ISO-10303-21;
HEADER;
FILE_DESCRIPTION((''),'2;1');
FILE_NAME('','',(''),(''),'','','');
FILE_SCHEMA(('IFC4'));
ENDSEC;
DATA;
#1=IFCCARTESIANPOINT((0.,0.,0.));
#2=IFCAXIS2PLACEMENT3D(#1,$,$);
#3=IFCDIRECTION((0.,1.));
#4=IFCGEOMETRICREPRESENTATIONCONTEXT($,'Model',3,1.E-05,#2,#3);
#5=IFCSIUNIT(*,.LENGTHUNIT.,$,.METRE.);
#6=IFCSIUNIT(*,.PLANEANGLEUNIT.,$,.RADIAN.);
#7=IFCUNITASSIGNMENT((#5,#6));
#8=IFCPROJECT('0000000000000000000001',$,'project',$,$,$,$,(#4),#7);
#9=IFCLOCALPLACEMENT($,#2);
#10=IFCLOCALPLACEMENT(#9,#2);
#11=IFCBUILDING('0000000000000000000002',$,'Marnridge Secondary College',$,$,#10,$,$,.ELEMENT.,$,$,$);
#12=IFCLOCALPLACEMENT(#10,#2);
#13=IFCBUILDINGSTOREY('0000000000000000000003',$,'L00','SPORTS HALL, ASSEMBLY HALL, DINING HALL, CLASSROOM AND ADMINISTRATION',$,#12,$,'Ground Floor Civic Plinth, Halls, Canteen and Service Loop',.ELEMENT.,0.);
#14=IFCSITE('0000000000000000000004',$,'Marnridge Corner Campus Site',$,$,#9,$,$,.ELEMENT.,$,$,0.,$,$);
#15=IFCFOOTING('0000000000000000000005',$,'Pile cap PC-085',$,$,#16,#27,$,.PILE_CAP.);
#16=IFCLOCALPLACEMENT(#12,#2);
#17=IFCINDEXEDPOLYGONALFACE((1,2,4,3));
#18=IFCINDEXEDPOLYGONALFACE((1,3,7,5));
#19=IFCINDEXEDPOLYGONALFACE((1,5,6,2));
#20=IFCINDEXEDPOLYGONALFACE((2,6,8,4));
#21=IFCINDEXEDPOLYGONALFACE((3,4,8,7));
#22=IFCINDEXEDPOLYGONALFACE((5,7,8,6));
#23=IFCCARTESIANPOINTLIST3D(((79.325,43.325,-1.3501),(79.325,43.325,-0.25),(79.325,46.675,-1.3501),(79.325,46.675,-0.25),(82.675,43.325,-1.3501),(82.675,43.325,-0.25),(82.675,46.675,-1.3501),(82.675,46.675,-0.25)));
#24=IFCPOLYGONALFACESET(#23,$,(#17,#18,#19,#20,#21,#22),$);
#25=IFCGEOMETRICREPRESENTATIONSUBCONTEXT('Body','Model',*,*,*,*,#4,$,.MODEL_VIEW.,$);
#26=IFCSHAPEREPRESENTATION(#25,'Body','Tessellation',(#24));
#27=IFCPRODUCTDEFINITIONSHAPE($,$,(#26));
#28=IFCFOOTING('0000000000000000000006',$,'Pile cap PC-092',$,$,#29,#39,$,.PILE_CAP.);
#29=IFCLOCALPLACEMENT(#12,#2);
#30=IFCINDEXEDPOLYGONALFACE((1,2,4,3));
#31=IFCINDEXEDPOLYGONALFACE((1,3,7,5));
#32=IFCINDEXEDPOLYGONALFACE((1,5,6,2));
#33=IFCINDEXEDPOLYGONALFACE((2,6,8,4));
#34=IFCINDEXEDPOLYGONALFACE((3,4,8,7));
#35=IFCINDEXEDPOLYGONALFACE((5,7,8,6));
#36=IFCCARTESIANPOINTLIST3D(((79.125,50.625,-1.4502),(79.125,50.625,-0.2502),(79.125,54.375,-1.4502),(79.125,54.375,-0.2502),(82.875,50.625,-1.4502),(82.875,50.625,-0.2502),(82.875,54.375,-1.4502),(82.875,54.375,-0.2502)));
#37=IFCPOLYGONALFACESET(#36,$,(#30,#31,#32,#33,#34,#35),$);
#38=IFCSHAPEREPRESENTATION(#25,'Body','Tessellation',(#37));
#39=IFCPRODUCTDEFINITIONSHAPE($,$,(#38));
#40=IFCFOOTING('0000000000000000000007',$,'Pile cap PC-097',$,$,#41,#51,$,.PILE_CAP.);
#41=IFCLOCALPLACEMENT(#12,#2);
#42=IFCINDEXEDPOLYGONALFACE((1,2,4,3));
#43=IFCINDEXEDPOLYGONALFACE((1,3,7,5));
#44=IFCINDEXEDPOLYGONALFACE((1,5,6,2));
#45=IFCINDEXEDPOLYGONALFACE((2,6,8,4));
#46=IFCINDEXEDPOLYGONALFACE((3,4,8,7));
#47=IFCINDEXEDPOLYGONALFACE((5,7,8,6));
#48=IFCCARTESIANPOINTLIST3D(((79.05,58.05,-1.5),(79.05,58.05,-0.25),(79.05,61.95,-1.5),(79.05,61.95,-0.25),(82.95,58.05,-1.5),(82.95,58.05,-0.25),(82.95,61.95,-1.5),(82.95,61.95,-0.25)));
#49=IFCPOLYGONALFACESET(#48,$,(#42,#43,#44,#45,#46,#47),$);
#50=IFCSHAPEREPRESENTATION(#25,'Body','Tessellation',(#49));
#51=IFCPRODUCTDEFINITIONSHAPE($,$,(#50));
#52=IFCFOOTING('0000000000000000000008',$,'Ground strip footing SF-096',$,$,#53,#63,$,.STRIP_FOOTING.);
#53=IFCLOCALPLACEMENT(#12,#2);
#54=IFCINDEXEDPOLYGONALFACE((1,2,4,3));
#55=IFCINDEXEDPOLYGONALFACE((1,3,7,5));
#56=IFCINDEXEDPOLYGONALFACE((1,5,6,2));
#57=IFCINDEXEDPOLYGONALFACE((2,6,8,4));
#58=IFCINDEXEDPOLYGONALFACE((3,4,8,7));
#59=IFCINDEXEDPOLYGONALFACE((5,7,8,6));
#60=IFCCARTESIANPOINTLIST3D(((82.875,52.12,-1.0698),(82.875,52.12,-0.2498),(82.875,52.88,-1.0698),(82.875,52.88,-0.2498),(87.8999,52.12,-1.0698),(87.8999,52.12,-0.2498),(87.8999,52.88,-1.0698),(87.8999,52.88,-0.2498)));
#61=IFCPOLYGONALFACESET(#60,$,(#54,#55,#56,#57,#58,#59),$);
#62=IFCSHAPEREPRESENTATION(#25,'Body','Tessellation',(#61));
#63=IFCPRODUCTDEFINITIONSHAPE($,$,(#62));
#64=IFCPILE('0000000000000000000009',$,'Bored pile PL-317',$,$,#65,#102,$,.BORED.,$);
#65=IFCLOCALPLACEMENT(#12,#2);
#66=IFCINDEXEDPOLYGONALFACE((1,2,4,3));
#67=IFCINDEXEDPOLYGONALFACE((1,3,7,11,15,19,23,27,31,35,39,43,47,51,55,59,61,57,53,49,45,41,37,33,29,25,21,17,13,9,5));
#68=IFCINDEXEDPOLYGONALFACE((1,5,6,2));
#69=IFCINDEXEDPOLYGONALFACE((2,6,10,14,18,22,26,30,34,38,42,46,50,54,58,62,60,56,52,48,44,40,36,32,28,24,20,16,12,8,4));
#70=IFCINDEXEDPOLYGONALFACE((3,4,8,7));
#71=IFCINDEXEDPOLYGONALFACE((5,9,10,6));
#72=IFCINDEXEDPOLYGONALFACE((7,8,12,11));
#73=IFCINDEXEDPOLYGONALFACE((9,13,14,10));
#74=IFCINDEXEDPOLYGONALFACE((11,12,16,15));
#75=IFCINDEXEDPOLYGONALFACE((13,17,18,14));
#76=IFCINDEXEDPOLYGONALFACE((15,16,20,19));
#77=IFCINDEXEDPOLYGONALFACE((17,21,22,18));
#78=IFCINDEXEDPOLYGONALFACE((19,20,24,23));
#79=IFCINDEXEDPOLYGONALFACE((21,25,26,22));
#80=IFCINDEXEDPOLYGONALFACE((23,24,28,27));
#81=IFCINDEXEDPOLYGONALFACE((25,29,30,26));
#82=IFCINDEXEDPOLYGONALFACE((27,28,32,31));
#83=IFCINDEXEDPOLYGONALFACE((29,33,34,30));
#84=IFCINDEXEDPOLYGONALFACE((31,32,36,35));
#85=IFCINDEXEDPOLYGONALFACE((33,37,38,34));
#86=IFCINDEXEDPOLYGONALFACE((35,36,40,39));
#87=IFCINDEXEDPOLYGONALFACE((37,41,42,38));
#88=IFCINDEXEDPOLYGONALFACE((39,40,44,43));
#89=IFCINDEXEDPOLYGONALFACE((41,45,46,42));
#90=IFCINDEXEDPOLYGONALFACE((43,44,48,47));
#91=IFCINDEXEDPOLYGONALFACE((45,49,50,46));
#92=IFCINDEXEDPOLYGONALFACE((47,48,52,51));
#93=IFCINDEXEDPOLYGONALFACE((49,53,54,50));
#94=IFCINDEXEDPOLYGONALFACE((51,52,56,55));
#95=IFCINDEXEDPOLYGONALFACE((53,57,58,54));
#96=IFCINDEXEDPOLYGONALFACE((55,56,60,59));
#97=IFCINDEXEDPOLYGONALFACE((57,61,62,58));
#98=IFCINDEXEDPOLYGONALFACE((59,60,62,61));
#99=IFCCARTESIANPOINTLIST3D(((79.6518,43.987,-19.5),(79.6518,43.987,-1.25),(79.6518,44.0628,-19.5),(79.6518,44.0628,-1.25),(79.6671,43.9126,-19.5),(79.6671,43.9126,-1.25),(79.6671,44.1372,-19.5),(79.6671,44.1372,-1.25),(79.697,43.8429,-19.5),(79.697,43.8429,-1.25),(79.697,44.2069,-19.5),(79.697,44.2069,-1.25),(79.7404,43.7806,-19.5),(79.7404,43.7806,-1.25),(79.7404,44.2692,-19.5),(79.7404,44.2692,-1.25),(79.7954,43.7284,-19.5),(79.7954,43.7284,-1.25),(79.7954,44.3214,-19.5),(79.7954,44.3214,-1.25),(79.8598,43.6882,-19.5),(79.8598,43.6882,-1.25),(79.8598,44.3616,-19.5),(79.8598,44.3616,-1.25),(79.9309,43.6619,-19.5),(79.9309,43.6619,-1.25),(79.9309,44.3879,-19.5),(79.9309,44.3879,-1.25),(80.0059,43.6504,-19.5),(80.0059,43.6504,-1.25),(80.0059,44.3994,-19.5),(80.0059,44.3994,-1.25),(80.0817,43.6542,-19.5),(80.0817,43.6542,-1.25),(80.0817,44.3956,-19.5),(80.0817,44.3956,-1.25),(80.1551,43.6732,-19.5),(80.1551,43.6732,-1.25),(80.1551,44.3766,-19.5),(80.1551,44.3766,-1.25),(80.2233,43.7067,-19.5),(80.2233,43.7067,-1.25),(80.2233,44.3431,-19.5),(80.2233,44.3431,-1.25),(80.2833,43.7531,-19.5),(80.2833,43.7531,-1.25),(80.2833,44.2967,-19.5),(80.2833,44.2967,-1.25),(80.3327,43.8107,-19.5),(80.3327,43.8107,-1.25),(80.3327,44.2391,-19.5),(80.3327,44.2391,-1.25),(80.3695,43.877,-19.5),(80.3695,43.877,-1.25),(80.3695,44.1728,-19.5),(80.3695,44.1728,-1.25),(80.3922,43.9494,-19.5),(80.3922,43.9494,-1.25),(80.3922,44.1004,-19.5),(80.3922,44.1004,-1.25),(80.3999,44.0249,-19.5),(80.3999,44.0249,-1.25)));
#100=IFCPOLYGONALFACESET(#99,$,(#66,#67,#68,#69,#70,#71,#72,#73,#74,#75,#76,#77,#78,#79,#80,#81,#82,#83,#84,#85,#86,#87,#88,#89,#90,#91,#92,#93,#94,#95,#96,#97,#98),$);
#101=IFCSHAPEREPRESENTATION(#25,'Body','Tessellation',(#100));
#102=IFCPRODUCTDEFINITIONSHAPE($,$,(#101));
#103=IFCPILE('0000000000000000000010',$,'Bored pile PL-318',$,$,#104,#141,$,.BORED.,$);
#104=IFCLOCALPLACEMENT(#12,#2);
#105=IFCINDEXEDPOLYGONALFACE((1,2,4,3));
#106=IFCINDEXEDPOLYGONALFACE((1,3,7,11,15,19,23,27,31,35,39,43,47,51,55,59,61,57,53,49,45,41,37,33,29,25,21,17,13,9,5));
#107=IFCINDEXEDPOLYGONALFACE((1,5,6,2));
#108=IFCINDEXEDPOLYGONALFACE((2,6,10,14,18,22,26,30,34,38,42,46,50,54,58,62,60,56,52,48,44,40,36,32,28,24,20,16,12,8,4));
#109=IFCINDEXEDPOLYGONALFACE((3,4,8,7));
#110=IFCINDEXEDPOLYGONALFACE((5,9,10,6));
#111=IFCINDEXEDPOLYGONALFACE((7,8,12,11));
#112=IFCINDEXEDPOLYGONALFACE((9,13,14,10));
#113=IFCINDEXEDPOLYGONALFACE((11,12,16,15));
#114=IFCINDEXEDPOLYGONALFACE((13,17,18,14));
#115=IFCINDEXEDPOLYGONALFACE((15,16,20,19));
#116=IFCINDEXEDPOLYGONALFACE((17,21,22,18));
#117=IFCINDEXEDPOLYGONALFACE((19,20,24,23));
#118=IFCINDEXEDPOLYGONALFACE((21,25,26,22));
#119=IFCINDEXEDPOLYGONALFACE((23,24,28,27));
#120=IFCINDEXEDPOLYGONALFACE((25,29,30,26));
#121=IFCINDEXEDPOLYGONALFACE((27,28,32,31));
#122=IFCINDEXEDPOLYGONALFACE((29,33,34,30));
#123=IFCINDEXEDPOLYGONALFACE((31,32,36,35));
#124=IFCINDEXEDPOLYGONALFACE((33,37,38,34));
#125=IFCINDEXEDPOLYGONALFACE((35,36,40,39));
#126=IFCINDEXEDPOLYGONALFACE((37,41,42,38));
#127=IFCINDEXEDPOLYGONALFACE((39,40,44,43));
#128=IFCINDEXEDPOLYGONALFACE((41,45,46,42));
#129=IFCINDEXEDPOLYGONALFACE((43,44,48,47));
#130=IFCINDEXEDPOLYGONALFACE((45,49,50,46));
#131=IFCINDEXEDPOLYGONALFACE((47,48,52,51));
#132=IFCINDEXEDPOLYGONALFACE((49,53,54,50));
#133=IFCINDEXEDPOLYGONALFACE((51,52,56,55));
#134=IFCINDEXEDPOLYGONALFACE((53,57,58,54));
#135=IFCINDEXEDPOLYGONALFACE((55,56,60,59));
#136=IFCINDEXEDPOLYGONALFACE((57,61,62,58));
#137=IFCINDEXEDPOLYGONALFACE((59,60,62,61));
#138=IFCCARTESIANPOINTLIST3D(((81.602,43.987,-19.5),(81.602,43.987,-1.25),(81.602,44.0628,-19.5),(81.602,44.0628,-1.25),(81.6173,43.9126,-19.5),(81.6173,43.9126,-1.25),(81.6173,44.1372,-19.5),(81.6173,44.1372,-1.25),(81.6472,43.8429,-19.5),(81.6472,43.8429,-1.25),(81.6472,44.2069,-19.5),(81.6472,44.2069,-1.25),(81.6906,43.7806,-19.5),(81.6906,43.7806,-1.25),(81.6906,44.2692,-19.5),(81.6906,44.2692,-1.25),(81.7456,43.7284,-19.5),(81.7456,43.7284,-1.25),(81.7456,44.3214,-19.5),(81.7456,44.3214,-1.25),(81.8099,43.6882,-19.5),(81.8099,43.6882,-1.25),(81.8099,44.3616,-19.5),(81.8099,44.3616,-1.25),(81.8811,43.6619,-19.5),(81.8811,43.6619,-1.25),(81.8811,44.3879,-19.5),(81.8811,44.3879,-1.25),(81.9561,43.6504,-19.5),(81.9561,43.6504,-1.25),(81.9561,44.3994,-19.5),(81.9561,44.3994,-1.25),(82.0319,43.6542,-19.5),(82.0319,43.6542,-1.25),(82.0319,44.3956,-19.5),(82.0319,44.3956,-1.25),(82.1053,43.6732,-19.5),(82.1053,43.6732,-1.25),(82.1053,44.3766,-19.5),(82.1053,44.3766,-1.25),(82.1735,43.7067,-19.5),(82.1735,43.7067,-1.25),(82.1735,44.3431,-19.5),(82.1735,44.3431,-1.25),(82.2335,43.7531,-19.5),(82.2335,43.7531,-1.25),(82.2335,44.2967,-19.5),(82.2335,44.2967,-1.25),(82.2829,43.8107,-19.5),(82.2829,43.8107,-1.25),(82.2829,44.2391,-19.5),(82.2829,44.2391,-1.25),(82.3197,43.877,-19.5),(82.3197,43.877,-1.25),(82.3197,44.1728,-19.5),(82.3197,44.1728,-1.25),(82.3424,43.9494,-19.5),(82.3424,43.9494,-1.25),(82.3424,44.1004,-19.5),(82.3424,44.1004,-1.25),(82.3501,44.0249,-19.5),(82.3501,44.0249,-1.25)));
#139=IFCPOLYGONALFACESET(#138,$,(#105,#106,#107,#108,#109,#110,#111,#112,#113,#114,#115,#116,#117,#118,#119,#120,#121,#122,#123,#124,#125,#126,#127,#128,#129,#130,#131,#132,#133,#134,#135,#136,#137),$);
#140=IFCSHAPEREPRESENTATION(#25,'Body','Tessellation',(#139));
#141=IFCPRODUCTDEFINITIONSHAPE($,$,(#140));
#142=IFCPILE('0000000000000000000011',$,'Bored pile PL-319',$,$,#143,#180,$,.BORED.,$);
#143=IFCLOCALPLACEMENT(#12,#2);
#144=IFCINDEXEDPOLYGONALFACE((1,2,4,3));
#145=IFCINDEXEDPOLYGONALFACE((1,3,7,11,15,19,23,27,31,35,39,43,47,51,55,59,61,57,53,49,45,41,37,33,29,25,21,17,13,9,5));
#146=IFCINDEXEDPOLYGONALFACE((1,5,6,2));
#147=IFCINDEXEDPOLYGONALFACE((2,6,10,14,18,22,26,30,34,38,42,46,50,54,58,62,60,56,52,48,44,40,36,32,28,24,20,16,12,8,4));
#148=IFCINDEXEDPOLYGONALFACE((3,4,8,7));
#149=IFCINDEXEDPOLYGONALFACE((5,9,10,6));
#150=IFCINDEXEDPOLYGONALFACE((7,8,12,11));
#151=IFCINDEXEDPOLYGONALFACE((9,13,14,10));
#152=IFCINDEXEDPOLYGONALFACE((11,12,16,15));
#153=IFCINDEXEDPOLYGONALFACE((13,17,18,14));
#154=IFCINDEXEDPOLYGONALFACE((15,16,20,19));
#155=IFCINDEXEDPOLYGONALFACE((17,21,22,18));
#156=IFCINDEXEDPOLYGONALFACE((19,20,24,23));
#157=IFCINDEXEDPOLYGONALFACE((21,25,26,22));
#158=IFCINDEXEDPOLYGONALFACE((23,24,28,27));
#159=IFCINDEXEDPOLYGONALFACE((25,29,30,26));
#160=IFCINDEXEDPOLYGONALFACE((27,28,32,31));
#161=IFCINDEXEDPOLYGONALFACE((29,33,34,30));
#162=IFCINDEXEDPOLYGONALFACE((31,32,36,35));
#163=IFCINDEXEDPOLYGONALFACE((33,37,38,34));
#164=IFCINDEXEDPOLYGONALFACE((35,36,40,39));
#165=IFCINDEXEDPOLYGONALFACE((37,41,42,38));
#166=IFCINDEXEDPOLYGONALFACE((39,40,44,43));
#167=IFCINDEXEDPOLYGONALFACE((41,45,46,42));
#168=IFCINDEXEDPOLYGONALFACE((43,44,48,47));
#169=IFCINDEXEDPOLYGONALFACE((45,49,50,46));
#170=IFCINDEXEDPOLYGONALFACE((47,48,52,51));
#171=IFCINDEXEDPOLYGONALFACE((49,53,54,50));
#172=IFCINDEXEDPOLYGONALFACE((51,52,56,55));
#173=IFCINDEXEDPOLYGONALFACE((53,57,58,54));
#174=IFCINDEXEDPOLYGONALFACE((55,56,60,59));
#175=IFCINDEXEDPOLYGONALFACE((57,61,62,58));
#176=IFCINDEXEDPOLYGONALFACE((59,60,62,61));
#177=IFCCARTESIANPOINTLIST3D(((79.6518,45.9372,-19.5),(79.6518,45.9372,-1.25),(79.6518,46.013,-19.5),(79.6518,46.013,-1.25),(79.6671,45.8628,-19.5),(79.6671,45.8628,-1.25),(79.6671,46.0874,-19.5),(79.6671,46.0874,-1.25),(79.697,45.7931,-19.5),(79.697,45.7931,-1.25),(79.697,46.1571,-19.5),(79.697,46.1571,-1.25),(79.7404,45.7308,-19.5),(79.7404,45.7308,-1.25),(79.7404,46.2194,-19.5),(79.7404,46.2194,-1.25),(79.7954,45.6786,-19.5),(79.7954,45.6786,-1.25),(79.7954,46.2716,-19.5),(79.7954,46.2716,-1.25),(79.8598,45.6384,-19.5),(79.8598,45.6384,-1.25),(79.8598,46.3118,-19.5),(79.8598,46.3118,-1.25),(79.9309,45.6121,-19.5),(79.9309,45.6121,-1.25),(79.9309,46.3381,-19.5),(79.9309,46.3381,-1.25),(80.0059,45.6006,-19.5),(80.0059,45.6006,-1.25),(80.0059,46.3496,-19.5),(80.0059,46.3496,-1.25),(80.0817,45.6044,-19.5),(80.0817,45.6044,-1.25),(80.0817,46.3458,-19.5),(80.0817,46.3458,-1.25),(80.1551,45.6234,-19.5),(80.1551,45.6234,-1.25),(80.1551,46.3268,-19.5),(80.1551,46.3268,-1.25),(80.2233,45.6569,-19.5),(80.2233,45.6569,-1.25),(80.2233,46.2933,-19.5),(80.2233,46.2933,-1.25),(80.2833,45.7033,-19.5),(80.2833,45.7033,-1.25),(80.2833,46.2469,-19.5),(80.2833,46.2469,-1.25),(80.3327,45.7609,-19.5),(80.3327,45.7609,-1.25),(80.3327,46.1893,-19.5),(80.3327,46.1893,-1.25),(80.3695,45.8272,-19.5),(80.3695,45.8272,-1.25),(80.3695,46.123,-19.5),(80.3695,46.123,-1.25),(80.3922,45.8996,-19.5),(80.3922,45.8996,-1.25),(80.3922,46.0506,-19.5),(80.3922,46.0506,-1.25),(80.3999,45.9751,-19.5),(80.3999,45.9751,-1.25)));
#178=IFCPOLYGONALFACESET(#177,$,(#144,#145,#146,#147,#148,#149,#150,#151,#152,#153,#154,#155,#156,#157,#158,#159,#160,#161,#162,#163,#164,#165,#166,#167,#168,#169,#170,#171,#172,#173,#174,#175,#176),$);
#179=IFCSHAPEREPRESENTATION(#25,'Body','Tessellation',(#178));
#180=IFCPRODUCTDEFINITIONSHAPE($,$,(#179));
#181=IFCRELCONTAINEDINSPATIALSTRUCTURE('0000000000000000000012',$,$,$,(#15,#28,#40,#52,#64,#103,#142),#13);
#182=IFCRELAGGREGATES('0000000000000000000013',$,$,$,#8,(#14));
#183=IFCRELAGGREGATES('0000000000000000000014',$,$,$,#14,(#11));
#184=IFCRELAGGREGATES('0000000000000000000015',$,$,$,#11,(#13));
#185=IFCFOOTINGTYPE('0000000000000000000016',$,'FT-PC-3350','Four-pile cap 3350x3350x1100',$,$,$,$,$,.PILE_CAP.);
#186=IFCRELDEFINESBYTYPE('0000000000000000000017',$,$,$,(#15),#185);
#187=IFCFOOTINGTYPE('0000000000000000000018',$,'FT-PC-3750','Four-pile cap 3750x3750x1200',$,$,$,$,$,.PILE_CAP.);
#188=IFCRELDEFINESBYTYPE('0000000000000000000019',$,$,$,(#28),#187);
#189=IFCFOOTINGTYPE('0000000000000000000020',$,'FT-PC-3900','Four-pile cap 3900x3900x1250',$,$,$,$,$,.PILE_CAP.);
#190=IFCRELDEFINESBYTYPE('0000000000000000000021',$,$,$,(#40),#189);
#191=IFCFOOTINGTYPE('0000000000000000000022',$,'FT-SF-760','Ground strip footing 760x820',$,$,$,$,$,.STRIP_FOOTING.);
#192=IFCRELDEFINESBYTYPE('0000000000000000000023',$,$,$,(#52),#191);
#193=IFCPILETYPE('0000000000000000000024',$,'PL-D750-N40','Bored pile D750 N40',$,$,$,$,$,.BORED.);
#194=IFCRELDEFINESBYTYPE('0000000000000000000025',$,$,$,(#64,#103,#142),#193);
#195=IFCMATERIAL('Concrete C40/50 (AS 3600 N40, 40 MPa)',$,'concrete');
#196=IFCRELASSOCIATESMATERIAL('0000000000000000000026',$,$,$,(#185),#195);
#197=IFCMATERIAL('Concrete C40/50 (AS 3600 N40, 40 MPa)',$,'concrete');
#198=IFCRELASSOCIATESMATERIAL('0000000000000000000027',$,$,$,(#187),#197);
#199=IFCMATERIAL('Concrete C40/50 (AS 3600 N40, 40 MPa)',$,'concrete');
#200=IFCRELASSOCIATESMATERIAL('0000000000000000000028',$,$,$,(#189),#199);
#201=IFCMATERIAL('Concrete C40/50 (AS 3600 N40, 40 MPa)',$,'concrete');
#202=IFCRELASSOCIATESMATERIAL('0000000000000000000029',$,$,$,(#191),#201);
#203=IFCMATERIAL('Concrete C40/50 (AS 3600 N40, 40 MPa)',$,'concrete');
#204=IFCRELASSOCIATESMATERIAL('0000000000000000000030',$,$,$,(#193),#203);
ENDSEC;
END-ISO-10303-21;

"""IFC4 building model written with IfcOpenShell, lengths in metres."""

from ifc_helpers import new_model, si_unit, direction, frame, origin, origin_2d, place, context, subcontext, project, spatial, rectangle, circle, extrude, material, material_profile, profile_set, type_object, element, save


model = new_model("IFC4")

# Units and contexts
model_context = context("Model", 3, precision=1e-05, world=origin(), true_north=direction((0.0, 1.0)))
body_context = subcontext(model_context, "Body", "Model", "MODEL_VIEW")
ifc_project = project(units=[si_unit("LENGTHUNIT", "METRE"), si_unit("PLANEANGLEUNIT", "RADIAN")], contexts=[model_context])

# Site, building, storey
site_placement = place(None, origin())
site = spatial("IfcSite", under=ifc_project, at=site_placement, Name="Marnridge Corner Campus Site", CompositionType="ELEMENT", RefElevation=0.0)
building_placement = place(site_placement, origin())
building = spatial("IfcBuilding", under=site, at=building_placement, Name="Marnridge Secondary College", CompositionType="ELEMENT")
storey_placement = place(building_placement, origin())
storey = spatial("IfcBuildingStorey", under=building, at=storey_placement, Name="L00", Description="SPORTS HALL, ASSEMBLY HALL, DINING HALL, CLASSROOM AND ADMINISTRATION", LongName="Ground Floor Civic Plinth, Halls, Canteen and Service Loop", CompositionType="ELEMENT", Elevation=0.0)

# Footings
ifc_material_1 = material(Name="Concrete C40/50 (AS 3600 N40, 40 MPa)", Category="concrete")
footing_type_1 = type_object("IfcFootingType", Name="FT-PC-3350", Description="Four-pile cap 3350x3350x1100", PredefinedType="PILE_CAP", material=ifc_material_1)
footing_1_placement = place(storey_placement, frame((81.0, 45.0, -1.3501), z_axis=(0.0, 0.0, 1.0), x_axis=(1.0, 0.0, 0.0)))
element("IfcFooting", 1, at=footing_1_placement, inside=storey, type_object=footing_type_1, Name="Pile cap PC-085", PredefinedType="PILE_CAP", context=body_context, shape_type="SweptSolid", body=[
    extrude(rectangle(XDim=3.3501, YDim=3.3501, at=origin_2d()), origin(), (0.0, 0.0, 1.0), 1.1001),
])
ifc_material_2 = material(Name="Concrete C40/50 (AS 3600 N40, 40 MPa)", Category="concrete")
footing_type_2 = type_object("IfcFootingType", Name="FT-PC-3750", Description="Four-pile cap 3750x3750x1200", PredefinedType="PILE_CAP", material=ifc_material_2)
footing_2_placement = place(storey_placement, frame((81.0, 52.5, -1.4502), z_axis=(0.0, 0.0, 1.0), x_axis=(1.0, 0.0, 0.0)))
element("IfcFooting", 2, at=footing_2_placement, inside=storey, type_object=footing_type_2, Name="Pile cap PC-092", PredefinedType="PILE_CAP", context=body_context, shape_type="SweptSolid", body=[
    extrude(rectangle(XDim=3.75, YDim=3.75, at=origin_2d()), origin(), (0.0, 0.0, 1.0), 1.2),
])
ifc_material_3 = material(Name="Concrete C40/50 (AS 3600 N40, 40 MPa)", Category="concrete")
footing_type_3 = type_object("IfcFootingType", Name="FT-PC-3900", Description="Four-pile cap 3900x3900x1250", PredefinedType="PILE_CAP", material=ifc_material_3)
footing_3_placement = place(storey_placement, frame((81.0, 60.0, -1.5), z_axis=(0.0, 0.0, 1.0), x_axis=(1.0, 0.0, 0.0)))
element("IfcFooting", 3, at=footing_3_placement, inside=storey, type_object=footing_type_3, Name="Pile cap PC-097", PredefinedType="PILE_CAP", context=body_context, shape_type="SweptSolid", body=[
    extrude(rectangle(XDim=3.8999, YDim=3.8999, at=origin_2d()), origin(), (0.0, 0.0, 1.0), 1.25),
])
ifc_material_4 = material(Name="Concrete C40/50 (AS 3600 N40, 40 MPa)", Category="concrete")
footing_type_4 = type_object("IfcFootingType", Name="FT-SF-760", Description="Ground strip footing 760x820", PredefinedType="STRIP_FOOTING", material=ifc_material_4)
footing_4_placement = place(storey_placement, frame((85.3875, 52.5, -1.0698), z_axis=(0.0, 0.0, 1.0), x_axis=(1.0, 0.0, 0.0)))
element("IfcFooting", 4, at=footing_4_placement, inside=storey, type_object=footing_type_4, Name="Ground strip footing SF-096", PredefinedType="STRIP_FOOTING", context=body_context, shape_type="SweptSolid", body=[
    extrude(rectangle(XDim=5.0249, YDim=0.76, at=origin_2d()), origin(), (0.0, 0.0, 1.0), 0.8201),
])

# Piles
ifc_material_5 = material(Name="Concrete C40/50 (AS 3600 N40, 40 MPa)", Category="concrete")
ifc_material_profile_1 = material_profile(ifc_material_5, circle(Radius=0.375, at=origin_2d()), Name="PILE D750")
ifc_profile_set_1 = profile_set([ifc_material_profile_1], Name="Concrete C40/50 (AS 3600 N40, 40 MPa)")
pile_type_1 = type_object("IfcPileType", Name="PL-D750-N40", Description="Bored pile D750 N40", PredefinedType="BORED", material=ifc_profile_set_1)
for number, where, z_axis, x_axis, name in (
    (5, (80.0249, 44.0249, -1.25), (0.0, 0.0, -1.0), (1.0, 0.0, 0.0), "Bored pile PL-317"),
    (6, (81.9751, 44.0249, -1.25), (0.0, 0.0, -1.0), (1.0, 0.0, 0.0), "Bored pile PL-318"),
    (7, (80.0249, 45.9751, -1.25), (0.0, 0.0, -1.0), (1.0, 0.0, 0.0), "Bored pile PL-319"),
):
    element("IfcPile", number, at=place(storey_placement, frame(where, z_axis=z_axis, x_axis=x_axis)), inside=storey, type_object=pile_type_1, Name=name, PredefinedType="BORED", context=body_context, shape_type="SweptSolid", body=[
        extrude(circle(Radius=0.375, at=origin_2d()), origin(), (0.0, 0.0, 1.0), 18.25),
    ])

save(model, "model.ifc")
